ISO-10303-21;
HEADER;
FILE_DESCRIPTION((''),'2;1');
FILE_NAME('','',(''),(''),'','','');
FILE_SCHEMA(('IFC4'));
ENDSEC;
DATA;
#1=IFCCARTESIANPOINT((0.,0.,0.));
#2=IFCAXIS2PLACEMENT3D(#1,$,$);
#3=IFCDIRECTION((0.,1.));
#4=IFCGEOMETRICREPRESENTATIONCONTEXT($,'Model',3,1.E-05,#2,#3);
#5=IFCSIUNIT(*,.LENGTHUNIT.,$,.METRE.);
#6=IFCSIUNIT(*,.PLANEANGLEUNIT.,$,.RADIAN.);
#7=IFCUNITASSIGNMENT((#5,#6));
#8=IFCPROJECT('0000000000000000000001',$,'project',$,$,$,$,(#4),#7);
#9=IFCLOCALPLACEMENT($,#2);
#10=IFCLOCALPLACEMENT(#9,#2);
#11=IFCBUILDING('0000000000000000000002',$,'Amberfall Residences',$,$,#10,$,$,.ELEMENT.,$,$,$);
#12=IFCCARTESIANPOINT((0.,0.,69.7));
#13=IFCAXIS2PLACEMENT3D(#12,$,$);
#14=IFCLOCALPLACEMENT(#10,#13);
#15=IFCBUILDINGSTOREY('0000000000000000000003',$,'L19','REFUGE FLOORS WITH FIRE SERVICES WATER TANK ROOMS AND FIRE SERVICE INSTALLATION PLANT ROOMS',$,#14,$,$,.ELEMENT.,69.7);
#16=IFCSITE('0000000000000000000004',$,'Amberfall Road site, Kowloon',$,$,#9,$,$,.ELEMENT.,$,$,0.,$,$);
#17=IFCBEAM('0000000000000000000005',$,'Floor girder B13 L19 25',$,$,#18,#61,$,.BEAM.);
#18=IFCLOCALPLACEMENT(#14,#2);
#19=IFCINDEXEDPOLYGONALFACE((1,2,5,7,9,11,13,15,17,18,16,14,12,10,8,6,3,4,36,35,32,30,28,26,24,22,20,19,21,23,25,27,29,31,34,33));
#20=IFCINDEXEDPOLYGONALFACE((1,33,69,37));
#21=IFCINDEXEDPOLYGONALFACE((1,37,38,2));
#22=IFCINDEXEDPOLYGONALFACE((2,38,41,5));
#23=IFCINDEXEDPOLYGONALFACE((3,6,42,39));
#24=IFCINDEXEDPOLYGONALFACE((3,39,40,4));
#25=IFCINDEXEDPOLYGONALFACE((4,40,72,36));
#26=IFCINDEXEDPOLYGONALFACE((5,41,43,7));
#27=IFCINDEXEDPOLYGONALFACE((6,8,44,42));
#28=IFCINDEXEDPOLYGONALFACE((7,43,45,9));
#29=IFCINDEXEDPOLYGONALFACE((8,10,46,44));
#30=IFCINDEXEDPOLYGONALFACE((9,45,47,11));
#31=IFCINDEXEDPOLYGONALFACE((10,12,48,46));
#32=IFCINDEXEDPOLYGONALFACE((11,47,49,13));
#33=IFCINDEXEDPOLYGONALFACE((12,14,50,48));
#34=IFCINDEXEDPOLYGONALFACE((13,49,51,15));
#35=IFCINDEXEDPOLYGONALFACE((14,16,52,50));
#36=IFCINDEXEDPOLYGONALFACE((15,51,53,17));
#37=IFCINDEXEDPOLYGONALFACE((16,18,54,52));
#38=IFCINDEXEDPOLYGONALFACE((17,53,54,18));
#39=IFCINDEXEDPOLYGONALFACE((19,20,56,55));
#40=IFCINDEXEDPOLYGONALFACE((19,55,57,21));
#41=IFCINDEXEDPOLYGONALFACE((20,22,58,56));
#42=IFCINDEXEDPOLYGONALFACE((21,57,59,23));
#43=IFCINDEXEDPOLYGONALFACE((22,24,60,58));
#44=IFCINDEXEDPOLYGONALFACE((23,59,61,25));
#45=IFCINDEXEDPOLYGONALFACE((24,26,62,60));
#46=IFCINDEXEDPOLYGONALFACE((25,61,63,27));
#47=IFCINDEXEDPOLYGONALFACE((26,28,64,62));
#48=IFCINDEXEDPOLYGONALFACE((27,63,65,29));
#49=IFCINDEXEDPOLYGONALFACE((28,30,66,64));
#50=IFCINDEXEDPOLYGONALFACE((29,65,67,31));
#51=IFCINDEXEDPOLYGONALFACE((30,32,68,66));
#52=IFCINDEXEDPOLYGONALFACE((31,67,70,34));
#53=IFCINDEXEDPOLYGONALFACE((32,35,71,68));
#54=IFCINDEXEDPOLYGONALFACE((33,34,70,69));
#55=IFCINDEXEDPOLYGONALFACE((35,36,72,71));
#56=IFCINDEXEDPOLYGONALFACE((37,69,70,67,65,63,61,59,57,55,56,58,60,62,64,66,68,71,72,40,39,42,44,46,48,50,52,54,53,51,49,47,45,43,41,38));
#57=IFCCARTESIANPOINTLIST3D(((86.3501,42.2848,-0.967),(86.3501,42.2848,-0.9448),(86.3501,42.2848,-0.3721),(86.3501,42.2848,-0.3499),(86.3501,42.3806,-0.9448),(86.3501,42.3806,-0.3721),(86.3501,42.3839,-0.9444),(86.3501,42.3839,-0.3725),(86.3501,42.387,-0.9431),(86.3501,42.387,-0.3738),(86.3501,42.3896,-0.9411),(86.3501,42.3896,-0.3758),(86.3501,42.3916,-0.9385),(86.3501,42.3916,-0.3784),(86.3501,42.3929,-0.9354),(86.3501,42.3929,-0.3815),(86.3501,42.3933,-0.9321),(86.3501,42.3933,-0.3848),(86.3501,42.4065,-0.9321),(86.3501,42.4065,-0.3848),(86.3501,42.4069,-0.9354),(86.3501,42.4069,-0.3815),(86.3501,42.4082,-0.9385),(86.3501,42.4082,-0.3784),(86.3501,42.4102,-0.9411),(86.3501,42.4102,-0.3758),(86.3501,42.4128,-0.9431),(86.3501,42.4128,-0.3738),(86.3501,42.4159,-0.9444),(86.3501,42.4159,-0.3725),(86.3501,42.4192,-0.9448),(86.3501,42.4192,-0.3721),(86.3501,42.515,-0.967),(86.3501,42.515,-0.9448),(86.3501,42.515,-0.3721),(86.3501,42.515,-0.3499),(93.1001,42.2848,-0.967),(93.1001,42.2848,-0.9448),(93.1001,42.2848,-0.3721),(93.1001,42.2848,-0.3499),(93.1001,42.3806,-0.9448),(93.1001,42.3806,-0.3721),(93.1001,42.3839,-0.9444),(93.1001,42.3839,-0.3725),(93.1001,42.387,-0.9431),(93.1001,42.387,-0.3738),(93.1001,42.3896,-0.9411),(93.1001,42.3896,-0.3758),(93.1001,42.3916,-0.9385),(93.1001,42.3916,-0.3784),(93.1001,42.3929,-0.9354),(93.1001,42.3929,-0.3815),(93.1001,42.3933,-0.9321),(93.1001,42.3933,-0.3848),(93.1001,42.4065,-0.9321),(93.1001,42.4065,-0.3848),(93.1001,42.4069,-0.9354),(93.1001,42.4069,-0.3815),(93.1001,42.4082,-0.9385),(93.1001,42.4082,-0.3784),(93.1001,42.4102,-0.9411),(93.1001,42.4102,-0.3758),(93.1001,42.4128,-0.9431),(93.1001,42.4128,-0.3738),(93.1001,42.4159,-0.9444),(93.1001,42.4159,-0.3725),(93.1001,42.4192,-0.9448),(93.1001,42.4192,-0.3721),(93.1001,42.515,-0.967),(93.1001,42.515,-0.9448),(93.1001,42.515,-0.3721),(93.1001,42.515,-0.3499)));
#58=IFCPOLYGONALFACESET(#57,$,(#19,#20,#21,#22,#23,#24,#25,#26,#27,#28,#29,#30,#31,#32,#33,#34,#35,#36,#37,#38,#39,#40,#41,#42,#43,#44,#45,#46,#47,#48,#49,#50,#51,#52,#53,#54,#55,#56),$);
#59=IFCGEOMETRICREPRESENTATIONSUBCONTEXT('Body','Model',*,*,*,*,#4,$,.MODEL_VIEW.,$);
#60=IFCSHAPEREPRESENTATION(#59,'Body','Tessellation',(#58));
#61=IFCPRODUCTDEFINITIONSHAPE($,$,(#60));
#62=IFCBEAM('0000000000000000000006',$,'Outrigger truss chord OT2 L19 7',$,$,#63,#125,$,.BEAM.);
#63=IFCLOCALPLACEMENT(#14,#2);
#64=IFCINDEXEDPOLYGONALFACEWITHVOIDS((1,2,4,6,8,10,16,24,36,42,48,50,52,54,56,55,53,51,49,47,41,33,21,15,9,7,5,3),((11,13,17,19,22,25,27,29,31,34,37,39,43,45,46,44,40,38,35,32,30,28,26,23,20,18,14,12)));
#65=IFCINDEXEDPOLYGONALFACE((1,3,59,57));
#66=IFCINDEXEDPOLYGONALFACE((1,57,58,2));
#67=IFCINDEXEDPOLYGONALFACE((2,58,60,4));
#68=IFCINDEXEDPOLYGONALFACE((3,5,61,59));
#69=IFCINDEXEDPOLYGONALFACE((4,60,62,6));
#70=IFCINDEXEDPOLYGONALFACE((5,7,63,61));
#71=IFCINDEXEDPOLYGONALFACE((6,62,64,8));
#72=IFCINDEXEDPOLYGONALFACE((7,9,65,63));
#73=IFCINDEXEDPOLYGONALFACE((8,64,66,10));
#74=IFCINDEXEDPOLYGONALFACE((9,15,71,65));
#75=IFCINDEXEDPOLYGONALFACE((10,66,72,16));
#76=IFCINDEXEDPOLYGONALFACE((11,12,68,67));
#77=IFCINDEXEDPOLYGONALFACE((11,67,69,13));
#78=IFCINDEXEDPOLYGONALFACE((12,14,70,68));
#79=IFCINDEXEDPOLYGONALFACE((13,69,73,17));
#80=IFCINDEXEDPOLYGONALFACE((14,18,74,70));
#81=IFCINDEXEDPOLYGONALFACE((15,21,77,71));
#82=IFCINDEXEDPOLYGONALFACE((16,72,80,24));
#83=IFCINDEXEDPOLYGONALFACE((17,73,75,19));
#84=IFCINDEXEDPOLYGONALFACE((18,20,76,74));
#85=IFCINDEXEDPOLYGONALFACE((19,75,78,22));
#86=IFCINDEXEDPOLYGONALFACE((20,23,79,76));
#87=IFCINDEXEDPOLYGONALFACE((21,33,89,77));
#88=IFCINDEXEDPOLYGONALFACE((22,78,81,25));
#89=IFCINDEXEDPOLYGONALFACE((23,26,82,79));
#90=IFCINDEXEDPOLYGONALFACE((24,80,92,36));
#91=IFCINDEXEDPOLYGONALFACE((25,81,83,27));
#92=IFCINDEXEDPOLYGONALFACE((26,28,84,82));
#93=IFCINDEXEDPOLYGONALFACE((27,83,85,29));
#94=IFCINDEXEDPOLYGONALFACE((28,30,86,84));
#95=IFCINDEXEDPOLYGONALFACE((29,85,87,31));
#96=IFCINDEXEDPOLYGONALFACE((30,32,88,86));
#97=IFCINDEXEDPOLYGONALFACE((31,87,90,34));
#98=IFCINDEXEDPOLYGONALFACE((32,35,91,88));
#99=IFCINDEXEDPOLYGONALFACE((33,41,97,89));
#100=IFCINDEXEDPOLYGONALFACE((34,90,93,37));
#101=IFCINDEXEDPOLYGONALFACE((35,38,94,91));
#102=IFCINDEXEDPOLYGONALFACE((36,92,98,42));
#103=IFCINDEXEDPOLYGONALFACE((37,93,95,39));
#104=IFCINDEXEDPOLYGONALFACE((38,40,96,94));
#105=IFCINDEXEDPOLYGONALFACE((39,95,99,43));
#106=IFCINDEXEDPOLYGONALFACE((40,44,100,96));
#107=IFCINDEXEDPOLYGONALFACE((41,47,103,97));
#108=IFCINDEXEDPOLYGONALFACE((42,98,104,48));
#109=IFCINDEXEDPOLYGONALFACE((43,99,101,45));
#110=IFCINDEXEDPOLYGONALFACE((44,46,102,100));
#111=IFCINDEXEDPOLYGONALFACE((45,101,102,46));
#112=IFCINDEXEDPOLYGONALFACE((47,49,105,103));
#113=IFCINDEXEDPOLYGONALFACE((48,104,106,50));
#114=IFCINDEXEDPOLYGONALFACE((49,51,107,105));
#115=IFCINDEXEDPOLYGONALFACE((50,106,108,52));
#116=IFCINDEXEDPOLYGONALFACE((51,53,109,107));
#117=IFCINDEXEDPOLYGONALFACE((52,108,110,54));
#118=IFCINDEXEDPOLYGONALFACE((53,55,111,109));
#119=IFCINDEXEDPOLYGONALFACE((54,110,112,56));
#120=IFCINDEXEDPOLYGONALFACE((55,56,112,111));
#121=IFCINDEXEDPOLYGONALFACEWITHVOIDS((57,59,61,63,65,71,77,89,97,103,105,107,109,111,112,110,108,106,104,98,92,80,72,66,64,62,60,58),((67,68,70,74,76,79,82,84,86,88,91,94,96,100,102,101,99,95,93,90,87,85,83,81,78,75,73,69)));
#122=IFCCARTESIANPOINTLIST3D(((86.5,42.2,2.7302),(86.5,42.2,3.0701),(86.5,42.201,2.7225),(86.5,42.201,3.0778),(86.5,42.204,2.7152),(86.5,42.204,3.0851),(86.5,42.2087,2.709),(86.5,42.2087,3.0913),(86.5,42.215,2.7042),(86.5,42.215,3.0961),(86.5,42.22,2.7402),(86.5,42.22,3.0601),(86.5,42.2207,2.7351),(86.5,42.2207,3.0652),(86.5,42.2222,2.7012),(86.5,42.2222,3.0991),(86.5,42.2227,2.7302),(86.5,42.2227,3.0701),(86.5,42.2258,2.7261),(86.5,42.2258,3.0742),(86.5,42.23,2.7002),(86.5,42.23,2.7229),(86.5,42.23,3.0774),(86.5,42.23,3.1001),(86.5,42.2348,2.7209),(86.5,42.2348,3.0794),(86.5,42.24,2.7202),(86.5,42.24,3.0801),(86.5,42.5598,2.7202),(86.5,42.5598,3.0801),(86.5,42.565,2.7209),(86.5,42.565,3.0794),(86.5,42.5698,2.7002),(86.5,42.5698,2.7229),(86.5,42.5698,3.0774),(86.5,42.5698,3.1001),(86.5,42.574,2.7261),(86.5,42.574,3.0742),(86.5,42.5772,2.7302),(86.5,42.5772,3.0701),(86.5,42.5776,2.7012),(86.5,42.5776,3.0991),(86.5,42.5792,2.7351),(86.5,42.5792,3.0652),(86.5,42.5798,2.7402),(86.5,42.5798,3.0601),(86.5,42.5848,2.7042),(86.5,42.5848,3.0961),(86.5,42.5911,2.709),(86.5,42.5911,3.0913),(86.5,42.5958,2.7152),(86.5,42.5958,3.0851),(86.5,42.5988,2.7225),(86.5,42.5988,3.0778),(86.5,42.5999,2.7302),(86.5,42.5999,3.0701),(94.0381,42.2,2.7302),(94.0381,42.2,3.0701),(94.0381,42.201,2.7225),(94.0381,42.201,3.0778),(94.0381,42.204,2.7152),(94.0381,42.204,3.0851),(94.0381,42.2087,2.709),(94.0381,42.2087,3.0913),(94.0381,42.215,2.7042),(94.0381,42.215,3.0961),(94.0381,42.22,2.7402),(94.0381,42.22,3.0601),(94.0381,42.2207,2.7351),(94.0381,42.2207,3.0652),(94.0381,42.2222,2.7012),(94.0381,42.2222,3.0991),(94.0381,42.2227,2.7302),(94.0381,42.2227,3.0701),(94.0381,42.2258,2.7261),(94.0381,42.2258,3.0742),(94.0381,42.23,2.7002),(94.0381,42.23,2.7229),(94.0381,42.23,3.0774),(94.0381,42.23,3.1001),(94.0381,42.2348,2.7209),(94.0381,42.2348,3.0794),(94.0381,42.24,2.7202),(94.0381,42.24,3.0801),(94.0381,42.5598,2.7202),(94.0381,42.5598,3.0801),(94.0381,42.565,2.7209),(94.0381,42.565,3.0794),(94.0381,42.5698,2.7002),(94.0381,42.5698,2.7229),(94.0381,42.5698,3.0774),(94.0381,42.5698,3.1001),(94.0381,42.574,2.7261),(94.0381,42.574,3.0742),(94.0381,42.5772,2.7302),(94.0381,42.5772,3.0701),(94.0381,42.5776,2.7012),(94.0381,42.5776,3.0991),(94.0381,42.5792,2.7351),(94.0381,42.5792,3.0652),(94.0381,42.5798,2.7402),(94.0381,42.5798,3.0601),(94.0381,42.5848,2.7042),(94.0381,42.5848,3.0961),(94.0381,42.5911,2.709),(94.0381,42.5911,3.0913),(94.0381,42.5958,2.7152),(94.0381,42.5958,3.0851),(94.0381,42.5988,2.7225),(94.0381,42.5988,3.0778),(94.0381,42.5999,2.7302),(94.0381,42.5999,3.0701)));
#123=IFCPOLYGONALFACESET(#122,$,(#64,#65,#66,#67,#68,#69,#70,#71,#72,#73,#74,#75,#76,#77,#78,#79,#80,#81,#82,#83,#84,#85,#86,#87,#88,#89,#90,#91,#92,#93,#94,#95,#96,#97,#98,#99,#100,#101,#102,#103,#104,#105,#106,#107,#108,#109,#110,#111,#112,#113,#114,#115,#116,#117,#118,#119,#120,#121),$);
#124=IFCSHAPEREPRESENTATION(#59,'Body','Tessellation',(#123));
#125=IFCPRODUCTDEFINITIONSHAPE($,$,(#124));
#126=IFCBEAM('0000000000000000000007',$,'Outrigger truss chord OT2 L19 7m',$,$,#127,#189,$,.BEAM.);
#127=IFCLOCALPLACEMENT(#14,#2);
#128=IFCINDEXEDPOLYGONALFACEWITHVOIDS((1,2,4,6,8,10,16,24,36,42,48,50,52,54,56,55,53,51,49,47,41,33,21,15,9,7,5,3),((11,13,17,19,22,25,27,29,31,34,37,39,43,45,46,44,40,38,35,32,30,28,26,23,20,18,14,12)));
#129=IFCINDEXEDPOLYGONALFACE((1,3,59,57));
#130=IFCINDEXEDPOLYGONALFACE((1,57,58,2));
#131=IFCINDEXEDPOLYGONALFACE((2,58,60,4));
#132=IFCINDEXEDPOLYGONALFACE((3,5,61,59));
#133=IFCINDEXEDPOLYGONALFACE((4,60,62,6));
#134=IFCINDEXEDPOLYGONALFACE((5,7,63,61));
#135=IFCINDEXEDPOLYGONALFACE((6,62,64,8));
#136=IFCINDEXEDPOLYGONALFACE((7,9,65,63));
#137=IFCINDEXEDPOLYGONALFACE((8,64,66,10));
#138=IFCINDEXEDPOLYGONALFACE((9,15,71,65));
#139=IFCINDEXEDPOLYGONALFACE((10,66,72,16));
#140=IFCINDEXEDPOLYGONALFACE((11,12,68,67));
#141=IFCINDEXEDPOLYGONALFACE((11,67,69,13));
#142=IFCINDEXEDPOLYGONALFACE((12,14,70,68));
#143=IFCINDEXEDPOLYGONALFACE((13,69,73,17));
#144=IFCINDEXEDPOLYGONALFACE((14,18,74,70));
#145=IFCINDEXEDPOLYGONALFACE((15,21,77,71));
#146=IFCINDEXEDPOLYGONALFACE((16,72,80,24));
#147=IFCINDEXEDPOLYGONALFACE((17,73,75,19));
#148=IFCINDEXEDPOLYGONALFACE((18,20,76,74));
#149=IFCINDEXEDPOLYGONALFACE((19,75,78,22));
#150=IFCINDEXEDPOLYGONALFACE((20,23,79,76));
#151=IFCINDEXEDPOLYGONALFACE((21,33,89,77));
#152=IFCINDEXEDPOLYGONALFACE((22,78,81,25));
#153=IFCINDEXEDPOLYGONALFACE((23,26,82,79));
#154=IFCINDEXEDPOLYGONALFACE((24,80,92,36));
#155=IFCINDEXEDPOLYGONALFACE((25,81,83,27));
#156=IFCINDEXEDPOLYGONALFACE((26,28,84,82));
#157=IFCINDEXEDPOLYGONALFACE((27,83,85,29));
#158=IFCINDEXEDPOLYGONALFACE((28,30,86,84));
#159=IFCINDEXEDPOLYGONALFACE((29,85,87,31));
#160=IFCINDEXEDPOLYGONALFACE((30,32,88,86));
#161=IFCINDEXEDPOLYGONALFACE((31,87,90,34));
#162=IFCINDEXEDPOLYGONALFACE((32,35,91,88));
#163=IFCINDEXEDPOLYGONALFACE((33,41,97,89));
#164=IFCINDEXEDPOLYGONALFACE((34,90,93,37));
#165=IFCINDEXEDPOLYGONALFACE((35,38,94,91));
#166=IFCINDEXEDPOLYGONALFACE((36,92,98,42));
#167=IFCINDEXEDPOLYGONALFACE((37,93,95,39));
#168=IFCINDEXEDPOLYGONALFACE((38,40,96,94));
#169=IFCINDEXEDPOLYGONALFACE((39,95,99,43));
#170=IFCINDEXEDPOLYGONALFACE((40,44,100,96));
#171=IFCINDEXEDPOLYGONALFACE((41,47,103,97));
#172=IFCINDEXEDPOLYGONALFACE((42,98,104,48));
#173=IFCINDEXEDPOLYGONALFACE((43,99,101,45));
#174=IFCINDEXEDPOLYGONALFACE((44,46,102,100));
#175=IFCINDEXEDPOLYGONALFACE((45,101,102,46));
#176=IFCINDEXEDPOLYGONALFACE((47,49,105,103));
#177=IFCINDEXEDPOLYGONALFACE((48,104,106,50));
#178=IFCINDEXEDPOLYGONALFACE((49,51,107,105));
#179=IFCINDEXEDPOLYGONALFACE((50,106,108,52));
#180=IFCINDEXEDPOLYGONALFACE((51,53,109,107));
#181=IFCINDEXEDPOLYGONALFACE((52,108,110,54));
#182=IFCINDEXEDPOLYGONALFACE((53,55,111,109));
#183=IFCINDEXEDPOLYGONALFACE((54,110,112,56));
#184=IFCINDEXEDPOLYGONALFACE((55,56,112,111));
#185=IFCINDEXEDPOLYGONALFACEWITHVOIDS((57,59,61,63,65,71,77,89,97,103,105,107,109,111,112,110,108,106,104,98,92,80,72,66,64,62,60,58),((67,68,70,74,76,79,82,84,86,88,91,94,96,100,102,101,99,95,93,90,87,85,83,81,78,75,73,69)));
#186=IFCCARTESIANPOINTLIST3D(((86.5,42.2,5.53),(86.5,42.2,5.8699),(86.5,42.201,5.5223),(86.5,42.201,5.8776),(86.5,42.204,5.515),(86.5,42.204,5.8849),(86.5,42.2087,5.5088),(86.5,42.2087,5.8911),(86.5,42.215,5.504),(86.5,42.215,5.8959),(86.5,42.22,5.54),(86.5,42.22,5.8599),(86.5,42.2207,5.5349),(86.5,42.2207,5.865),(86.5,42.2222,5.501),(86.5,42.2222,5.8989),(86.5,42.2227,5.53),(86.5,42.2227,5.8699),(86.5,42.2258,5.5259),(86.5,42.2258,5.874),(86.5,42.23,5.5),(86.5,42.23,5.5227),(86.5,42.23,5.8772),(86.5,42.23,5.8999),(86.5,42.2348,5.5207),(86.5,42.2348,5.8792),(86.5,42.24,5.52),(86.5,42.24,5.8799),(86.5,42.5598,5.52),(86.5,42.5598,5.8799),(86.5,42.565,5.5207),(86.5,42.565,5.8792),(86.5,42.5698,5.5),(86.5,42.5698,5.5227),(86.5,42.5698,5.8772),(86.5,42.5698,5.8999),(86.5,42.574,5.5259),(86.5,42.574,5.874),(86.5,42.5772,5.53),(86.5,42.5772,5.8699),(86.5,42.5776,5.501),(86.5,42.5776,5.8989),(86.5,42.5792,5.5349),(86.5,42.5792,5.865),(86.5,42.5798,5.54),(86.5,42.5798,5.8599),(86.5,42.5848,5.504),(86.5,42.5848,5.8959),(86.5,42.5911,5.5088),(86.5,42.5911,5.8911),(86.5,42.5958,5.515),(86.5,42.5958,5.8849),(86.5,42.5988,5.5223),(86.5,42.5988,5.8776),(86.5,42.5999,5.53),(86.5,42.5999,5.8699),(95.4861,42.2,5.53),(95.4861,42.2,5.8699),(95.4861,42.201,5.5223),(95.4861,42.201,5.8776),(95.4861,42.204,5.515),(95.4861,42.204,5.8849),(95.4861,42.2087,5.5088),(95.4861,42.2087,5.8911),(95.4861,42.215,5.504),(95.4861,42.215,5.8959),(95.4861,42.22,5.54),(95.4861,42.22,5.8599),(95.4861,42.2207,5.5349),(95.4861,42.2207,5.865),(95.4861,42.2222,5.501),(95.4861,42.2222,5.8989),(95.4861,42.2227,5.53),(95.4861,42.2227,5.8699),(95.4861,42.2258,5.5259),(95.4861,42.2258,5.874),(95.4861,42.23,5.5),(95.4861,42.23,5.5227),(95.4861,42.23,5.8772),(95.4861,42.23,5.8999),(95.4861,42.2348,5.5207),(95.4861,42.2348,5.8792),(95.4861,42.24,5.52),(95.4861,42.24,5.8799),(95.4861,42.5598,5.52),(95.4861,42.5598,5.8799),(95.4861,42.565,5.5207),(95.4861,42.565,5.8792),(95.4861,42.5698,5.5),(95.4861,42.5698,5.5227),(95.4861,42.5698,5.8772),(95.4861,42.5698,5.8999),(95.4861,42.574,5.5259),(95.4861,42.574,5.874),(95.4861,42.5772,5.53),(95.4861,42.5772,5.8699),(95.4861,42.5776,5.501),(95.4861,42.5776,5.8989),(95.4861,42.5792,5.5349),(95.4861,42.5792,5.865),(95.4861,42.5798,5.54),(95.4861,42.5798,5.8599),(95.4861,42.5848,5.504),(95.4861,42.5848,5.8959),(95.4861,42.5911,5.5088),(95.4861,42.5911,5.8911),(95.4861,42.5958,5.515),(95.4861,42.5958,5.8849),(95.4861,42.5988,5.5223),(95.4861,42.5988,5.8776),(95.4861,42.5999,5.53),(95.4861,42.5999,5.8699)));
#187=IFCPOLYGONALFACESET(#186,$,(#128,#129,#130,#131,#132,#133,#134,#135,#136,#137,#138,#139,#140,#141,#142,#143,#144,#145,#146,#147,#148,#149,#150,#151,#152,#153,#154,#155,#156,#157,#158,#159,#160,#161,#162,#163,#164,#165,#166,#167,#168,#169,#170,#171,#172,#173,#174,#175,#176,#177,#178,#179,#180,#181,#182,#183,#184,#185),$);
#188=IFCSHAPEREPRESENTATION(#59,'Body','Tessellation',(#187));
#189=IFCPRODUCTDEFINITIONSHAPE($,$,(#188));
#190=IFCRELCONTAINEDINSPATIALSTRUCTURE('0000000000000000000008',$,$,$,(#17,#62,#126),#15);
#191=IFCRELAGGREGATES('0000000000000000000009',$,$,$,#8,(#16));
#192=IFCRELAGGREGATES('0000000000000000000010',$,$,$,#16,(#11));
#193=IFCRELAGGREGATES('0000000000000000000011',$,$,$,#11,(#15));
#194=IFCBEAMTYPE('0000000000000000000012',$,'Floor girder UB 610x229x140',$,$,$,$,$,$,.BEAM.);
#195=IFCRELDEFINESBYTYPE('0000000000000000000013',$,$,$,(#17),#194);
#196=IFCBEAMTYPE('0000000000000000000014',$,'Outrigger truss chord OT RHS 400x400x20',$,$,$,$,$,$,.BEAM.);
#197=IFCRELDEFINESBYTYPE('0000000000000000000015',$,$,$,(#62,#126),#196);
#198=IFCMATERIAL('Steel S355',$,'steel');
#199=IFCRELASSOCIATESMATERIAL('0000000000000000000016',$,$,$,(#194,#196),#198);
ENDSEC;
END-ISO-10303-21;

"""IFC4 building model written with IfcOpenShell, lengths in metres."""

from ifc_helpers import new_model, si_unit, direction, frame, origin, origin_2d, place, context, subcontext, project, spatial, hollow_rectangle, i_section, extrude, material, material_profile, profile_set, type_object, element, save


model = new_model("IFC4")

# Units and contexts
model_context = context("Model", 3, precision=1e-05, world=origin(), true_north=direction((0.0, 1.0)))
body_context = subcontext(model_context, "Body", "Model", "MODEL_VIEW")
ifc_project = project(units=[si_unit("LENGTHUNIT", "METRE"), si_unit("PLANEANGLEUNIT", "RADIAN")], contexts=[model_context])

# Site, building, storey
site_placement = place(None, origin())
site = spatial("IfcSite", under=ifc_project, at=site_placement, Name="Amberfall Road site, Kowloon", CompositionType="ELEMENT", RefElevation=0.0)
building_placement = place(site_placement, origin())
building = spatial("IfcBuilding", under=site, at=building_placement, Name="Amberfall Residences", CompositionType="ELEMENT")
storey_placement = place(building_placement, frame((0.0, 0.0, 69.7)))
storey = spatial("IfcBuildingStorey", under=building, at=storey_placement, Name="L19", Description="REFUGE FLOORS WITH FIRE SERVICES WATER TANK ROOMS AND FIRE SERVICE INSTALLATION PLANT ROOMS", CompositionType="ELEMENT", Elevation=69.7)

# Shared definitions
ifc_material_1 = material(Name="Steel S355", Category="steel")

# Beams
ifc_material_profile_1 = material_profile(ifc_material_1, i_section(OverallWidth=0.2302, OverallDepth=0.6172, WebThickness=0.0132, FlangeThickness=0.0222, FilletRadius=0.0127, at=origin_2d()), Name="UB 610x229x140")
ifc_profile_set_1 = profile_set([ifc_material_profile_1], Name="Steel S355")
beam_type_1 = type_object("IfcBeamType", Name="Floor girder UB 610x229x140", PredefinedType="BEAM", material=ifc_profile_set_1)
beam_1_placement = place(storey_placement, frame((93.1001, 42.3999, -0.6584), z_axis=(-1.0, 0.0, 0.0), x_axis=(0.0, -1.0, 0.0)))
element("IfcBeam", 1, at=beam_1_placement, inside=storey, type_object=beam_type_1, Name="Floor girder B13 L19 25", PredefinedType="BEAM", context=body_context, shape_type="SweptSolid", body=[
    extrude(i_section(OverallWidth=0.2302, OverallDepth=0.6172, WebThickness=0.0132, FlangeThickness=0.0222, FilletRadius=0.0127, at=origin_2d()), origin(), (0.0, 0.0, 1.0), 6.75),
])
ifc_material_profile_2 = material_profile(ifc_material_1, hollow_rectangle(XDim=0.3999, YDim=0.3999, WallThickness=0.02, InnerFilletRadius=0.02, OuterFilletRadius=0.03, at=origin_2d()), Name="RHS 400x400x20")
ifc_profile_set_2 = profile_set([ifc_material_profile_2], Name="Steel S355")
beam_type_2 = type_object("IfcBeamType", Name="Outrigger truss chord OT RHS 400x400x20", PredefinedType="BEAM", material=ifc_profile_set_2)
beam_2_placement = place(storey_placement, frame((94.0381, 42.3999, 2.9001), z_axis=(-1.0, 0.0, 0.0), x_axis=(0.0, -1.0, 0.0)))
element("IfcBeam", 2, at=beam_2_placement, inside=storey, type_object=beam_type_2, Name="Outrigger truss chord OT2 L19 7", PredefinedType="BEAM", context=body_context, shape_type="SweptSolid", body=[
    extrude(hollow_rectangle(XDim=0.3999, YDim=0.3999, WallThickness=0.02, InnerFilletRadius=0.02, OuterFilletRadius=0.03, at=origin_2d()), origin(), (0.0, 0.0, 1.0), 7.5381),
])
beam_3_placement = place(storey_placement, frame((95.4861, 42.3999, 5.7), z_axis=(-1.0, 0.0, 0.0), x_axis=(0.0, -1.0, 0.0)))
element("IfcBeam", 3, at=beam_3_placement, inside=storey, type_object=beam_type_2, Name="Outrigger truss chord OT2 L19 7m", PredefinedType="BEAM", context=body_context, shape_type="SweptSolid", body=[
    extrude(hollow_rectangle(XDim=0.3999, YDim=0.3999, WallThickness=0.02, InnerFilletRadius=0.02, OuterFilletRadius=0.03, at=origin_2d()), origin(), (0.0, 0.0, 1.0), 8.9861),
])

save(model, "model.ifc")
